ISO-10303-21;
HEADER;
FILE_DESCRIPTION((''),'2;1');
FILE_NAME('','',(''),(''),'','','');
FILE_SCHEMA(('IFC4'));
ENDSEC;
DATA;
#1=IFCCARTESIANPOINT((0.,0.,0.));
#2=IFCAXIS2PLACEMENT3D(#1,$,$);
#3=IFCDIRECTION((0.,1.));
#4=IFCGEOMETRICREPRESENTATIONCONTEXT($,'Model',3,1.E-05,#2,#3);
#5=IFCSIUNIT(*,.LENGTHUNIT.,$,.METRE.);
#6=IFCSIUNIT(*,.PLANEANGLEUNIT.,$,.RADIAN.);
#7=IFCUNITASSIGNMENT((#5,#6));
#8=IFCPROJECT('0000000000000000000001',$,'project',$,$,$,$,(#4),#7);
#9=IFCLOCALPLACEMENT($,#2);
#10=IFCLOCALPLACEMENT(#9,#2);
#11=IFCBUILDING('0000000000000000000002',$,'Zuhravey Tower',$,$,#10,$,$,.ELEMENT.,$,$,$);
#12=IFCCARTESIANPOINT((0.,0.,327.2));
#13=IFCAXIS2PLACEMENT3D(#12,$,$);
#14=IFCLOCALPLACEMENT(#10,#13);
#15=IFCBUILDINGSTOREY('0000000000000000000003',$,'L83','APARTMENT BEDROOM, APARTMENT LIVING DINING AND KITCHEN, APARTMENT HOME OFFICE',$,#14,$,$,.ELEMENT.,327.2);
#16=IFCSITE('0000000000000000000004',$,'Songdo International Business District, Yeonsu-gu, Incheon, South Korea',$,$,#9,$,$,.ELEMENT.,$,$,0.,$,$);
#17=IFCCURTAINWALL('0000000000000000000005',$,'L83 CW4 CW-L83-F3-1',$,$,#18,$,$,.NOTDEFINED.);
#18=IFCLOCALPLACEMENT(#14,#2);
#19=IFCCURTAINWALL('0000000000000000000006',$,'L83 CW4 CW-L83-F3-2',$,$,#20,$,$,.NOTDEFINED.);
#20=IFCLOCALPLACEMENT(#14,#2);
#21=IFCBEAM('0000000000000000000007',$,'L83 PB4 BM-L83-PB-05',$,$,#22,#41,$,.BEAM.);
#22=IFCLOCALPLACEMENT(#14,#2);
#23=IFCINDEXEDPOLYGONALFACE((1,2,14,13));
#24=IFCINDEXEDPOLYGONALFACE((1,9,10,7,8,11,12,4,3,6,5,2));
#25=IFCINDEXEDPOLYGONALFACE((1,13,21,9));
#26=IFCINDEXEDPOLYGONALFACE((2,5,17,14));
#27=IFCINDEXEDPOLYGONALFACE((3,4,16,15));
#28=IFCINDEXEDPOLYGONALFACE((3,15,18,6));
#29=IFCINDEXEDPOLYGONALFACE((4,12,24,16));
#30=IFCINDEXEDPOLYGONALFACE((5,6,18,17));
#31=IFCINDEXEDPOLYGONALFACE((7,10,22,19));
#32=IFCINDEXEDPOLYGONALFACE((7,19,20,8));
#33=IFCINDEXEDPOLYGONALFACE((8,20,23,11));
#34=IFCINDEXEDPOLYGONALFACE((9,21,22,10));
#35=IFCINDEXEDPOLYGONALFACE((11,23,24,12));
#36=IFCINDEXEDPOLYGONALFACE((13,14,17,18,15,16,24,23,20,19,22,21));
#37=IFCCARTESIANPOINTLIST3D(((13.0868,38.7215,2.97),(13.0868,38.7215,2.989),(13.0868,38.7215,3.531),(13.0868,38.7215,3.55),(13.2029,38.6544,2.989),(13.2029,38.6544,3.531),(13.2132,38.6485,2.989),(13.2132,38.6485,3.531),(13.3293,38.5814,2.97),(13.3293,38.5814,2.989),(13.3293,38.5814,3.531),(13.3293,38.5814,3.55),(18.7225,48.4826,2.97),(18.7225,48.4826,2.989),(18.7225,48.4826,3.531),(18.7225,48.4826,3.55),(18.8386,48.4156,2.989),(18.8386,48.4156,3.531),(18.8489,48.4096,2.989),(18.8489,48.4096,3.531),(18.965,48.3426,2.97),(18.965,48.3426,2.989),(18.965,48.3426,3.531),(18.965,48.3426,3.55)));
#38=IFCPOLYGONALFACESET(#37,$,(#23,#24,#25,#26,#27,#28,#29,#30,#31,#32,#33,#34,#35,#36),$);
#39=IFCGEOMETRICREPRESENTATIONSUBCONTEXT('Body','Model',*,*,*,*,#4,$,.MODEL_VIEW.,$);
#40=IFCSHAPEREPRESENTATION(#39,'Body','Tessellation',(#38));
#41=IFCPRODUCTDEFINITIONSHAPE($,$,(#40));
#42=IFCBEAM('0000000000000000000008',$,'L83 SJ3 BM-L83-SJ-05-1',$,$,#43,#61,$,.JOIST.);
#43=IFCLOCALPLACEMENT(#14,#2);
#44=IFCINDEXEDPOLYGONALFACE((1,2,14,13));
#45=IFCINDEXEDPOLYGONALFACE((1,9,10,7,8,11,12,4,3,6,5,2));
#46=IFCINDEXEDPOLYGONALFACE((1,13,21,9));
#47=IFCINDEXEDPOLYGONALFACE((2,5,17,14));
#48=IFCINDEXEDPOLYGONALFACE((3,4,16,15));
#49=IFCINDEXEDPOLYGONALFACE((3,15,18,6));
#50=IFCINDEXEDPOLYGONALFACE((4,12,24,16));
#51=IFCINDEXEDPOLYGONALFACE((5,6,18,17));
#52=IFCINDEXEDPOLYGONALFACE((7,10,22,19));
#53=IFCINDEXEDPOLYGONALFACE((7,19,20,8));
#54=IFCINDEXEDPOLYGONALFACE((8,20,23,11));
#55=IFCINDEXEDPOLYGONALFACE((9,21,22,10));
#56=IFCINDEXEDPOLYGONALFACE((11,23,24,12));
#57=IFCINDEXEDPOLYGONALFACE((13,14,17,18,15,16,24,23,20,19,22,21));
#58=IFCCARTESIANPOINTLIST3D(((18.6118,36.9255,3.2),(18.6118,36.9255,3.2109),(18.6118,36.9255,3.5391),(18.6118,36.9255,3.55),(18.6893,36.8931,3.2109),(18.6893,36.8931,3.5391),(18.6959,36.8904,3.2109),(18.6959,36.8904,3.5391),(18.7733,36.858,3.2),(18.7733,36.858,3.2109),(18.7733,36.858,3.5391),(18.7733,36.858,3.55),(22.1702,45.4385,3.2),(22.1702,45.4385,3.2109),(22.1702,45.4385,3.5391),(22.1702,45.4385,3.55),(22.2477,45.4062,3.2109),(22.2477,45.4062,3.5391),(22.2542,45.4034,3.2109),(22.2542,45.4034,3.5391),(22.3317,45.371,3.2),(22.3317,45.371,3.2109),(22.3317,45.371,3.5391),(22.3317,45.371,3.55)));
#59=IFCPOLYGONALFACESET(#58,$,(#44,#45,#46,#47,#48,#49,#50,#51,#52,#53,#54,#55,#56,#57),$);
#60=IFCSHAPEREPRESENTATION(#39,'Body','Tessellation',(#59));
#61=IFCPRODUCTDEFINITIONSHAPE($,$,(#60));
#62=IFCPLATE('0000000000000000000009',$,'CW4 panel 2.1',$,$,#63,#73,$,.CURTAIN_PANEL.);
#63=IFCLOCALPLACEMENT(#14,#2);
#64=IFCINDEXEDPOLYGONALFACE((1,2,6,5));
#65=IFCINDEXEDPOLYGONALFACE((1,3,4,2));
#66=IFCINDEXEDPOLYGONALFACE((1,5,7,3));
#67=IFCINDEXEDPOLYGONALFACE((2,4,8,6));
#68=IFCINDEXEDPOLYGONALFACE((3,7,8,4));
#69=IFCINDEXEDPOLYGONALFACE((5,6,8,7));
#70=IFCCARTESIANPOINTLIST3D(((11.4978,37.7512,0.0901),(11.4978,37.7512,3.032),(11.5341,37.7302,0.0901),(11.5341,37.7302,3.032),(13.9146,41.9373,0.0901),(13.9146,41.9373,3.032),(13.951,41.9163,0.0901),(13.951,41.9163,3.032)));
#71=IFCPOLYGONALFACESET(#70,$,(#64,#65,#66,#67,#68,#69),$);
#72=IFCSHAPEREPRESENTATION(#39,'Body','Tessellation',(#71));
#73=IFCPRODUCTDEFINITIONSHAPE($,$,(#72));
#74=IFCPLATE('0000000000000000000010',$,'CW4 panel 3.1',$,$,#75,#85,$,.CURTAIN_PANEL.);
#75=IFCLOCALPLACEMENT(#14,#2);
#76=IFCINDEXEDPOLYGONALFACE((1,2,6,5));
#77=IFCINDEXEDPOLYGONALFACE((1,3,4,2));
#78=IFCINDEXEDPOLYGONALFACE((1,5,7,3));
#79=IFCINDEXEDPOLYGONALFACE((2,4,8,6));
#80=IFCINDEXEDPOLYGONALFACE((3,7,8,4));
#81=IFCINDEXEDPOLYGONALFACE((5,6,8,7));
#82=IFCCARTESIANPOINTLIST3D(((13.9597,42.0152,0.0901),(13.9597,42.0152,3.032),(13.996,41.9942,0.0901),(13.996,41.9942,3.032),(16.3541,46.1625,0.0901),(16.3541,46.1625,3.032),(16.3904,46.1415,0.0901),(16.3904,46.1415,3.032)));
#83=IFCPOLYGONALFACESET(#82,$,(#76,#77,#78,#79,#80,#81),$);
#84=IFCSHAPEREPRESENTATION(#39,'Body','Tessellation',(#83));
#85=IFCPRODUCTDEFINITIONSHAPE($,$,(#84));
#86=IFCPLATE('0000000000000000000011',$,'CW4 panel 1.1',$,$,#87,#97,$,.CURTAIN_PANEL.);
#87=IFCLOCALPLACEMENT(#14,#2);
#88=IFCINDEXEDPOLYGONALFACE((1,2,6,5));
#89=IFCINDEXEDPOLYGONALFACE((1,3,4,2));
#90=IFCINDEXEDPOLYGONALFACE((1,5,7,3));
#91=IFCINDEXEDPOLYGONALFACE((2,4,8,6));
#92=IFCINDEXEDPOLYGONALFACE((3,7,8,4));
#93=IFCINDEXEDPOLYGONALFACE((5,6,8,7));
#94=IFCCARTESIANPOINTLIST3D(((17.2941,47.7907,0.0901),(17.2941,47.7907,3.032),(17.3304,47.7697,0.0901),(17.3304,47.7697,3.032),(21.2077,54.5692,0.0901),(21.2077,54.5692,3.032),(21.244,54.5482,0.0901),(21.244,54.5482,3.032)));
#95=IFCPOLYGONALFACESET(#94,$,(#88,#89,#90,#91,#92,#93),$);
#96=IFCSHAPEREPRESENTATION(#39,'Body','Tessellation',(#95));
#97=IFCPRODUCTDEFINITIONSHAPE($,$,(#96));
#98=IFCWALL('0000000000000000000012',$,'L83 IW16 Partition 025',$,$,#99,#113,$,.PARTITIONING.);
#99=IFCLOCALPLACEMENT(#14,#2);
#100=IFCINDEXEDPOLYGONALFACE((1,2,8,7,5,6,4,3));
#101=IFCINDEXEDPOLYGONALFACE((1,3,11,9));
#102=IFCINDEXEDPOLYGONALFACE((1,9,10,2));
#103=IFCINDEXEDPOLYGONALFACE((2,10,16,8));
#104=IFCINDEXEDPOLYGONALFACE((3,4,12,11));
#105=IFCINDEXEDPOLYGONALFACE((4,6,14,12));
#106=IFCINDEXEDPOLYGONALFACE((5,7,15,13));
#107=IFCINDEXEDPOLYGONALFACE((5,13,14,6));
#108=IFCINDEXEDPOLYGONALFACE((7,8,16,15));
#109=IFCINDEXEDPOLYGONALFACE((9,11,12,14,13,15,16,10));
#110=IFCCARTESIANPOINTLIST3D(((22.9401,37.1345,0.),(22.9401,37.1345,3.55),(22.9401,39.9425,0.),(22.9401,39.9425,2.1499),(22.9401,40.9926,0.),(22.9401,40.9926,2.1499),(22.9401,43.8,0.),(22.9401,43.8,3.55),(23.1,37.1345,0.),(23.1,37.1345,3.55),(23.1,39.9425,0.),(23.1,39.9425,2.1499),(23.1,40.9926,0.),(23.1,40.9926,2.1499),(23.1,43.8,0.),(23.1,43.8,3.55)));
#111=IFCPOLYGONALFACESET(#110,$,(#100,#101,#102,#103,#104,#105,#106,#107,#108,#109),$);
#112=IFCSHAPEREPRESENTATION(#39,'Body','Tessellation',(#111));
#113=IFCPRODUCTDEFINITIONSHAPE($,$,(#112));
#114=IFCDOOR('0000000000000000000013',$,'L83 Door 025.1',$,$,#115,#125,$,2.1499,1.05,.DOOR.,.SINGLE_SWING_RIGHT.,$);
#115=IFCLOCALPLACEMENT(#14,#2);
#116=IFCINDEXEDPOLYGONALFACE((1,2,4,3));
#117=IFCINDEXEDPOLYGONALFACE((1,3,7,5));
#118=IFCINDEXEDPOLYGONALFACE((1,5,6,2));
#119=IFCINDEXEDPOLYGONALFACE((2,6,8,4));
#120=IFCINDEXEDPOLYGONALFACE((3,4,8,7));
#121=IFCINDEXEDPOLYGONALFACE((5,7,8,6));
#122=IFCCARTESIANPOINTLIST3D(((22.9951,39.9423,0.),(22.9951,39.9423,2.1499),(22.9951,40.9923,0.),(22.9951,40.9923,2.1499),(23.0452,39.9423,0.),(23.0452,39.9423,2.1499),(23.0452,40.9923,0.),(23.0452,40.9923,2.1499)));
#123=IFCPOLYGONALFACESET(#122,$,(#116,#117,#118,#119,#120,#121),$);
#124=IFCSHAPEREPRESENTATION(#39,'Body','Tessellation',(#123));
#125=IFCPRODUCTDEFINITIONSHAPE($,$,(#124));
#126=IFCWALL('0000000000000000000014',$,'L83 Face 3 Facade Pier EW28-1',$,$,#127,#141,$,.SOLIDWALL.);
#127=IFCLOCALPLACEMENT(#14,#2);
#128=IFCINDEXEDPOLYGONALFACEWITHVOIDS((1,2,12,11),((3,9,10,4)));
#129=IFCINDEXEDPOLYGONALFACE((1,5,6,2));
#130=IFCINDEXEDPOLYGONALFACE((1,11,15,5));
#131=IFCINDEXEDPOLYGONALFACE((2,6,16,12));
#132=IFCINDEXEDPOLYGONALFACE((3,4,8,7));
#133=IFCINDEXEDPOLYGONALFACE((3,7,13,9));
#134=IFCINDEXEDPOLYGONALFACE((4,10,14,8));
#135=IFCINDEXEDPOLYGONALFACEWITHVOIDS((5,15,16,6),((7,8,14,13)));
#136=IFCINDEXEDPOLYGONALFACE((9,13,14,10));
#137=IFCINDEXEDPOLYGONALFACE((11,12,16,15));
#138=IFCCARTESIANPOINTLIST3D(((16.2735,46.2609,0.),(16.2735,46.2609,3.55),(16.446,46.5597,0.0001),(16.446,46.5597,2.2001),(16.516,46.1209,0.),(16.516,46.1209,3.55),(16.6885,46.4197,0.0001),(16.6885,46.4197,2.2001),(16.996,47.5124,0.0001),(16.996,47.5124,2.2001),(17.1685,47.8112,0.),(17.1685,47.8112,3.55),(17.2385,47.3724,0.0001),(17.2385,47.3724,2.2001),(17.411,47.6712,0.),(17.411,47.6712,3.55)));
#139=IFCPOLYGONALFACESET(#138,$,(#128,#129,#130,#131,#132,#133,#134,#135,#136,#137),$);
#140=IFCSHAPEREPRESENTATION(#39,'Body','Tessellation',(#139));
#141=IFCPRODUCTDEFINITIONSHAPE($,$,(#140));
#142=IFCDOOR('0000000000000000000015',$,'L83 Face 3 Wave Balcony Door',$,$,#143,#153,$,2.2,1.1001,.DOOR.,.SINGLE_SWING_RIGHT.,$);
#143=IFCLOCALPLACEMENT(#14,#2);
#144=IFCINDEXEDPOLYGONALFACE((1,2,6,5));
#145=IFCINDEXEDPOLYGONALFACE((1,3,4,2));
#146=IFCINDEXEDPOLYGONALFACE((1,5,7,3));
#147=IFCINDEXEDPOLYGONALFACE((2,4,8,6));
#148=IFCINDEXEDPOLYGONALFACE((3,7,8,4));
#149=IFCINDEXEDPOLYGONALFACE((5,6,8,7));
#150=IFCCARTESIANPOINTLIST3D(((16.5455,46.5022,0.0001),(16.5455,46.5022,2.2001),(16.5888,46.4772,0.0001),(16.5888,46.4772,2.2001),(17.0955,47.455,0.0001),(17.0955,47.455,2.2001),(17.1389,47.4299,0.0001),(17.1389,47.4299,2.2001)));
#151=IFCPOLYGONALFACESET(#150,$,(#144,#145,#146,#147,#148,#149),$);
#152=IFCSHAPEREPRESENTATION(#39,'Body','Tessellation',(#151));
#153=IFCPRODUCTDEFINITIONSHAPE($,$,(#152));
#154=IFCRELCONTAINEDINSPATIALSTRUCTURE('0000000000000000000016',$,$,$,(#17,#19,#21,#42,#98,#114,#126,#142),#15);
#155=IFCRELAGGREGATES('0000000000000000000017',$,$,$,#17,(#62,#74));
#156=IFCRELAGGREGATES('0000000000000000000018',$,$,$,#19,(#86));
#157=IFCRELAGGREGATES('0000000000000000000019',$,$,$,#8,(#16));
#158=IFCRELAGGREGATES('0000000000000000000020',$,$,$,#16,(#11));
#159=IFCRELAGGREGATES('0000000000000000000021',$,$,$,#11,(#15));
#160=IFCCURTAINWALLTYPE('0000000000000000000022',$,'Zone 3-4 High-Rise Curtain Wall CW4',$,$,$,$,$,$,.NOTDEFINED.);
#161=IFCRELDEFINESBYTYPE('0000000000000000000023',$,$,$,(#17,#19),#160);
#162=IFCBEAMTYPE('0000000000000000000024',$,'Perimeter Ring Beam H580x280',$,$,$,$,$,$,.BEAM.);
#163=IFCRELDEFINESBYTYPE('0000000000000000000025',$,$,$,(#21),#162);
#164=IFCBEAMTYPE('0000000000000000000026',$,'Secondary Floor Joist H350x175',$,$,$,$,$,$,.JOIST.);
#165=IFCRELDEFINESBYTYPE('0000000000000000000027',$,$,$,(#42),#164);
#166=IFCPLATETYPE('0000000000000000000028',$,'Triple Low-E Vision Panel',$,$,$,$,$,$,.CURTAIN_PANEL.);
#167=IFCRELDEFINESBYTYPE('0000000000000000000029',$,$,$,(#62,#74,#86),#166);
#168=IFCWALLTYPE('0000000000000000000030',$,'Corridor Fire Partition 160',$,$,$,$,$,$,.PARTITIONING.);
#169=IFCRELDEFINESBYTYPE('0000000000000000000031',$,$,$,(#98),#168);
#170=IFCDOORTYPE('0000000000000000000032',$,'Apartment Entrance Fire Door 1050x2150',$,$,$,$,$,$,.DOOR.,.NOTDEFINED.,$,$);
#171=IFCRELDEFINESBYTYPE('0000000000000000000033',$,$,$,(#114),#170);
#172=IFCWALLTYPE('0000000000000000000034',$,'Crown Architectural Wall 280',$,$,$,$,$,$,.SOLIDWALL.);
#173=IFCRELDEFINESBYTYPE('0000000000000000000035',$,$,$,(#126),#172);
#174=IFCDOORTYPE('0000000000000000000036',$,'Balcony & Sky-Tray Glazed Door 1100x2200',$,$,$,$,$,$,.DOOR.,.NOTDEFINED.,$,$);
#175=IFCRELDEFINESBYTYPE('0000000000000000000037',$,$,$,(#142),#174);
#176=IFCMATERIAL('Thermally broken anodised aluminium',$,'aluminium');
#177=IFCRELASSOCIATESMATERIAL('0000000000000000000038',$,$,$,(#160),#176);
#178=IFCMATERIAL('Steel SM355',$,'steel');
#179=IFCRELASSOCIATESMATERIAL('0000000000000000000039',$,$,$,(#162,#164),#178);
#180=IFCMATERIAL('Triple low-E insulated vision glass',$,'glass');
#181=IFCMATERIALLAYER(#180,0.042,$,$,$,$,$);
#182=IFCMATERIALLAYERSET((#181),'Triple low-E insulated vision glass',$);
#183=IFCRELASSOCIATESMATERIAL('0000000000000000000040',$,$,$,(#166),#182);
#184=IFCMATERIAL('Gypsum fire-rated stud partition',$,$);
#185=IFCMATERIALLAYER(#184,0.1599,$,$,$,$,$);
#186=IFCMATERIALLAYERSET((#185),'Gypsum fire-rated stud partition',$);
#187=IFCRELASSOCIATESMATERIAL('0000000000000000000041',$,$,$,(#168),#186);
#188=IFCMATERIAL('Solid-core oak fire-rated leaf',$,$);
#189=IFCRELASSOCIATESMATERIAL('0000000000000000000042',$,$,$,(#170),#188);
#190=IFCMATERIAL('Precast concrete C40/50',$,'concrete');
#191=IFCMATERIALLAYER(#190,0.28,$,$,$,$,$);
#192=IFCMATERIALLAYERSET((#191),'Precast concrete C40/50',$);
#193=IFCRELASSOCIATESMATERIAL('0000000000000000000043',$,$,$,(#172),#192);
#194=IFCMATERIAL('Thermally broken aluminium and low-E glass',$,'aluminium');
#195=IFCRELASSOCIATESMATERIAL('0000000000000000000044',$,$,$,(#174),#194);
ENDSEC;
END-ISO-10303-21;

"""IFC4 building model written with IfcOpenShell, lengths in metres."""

from ifc_helpers import new_model, si_unit, direction, frame, frame_2d, origin, origin_2d, place, context, subcontext, project, spatial, rectangle, i_section, extrude, material, layer, layer_set, material_profile, profile_set, type_object, element, fill, aggregate, save


model = new_model("IFC4")

# Units and contexts
model_context = context("Model", 3, precision=1e-05, world=origin(), true_north=direction((0.0, 1.0)))
body_context = subcontext(model_context, "Body", "Model", "MODEL_VIEW")
ifc_project = project(units=[si_unit("LENGTHUNIT", "METRE"), si_unit("PLANEANGLEUNIT", "RADIAN")], contexts=[model_context])

# Site, building, storey
site_placement = place(None, origin())
site = spatial("IfcSite", under=ifc_project, at=site_placement, Name="Songdo International Business District, Yeonsu-gu, Incheon, South Korea", CompositionType="ELEMENT", RefElevation=0.0)
building_placement = place(site_placement, origin())
building = spatial("IfcBuilding", under=site, at=building_placement, Name="Zuhravey Tower", CompositionType="ELEMENT")
storey_placement = place(building_placement, frame((0.0, 0.0, 327.2)))
storey = spatial("IfcBuildingStorey", under=building, at=storey_placement, Name="L83", Description="APARTMENT BEDROOM, APARTMENT LIVING DINING AND KITCHEN, APARTMENT HOME OFFICE", CompositionType="ELEMENT", Elevation=327.2)

# Curtain walls
ifc_material_1 = material(Name="Thermally broken anodised aluminium", Category="aluminium")
curtain_wall_type = type_object("IfcCurtainWallType", Name="Zone 3-4 High-Rise Curtain Wall CW4", PredefinedType="NOTDEFINED", material=ifc_material_1)
curtain_wall_1_placement = place(storey_placement, origin())
curtain_wall_1 = element("IfcCurtainWall", 1, at=curtain_wall_1_placement, inside=storey, type_object=curtain_wall_type, Name="L83 CW4 CW-L83-F3-1", PredefinedType="NOTDEFINED")
curtain_wall_2_placement = place(storey_placement, origin())
curtain_wall_2 = element("IfcCurtainWall", 2, at=curtain_wall_2_placement, inside=storey, type_object=curtain_wall_type, Name="L83 CW4 CW-L83-F3-2", PredefinedType="NOTDEFINED")

# Beams
ifc_material_2 = material(Name="Steel SM355", Category="steel")
ifc_material_profile_1 = material_profile(ifc_material_2, i_section(OverallWidth=0.28, OverallDepth=0.5801, WebThickness=0.012, FlangeThickness=0.019, at=origin_2d()), Name="H-580x280x12x19")
ifc_profile_set_1 = profile_set([ifc_material_profile_1], Name="Steel SM355")
beam_type_1 = type_object("IfcBeamType", Name="Perimeter Ring Beam H580x280", PredefinedType="BEAM", material=ifc_profile_set_1)
beam_1_placement = place(storey_placement, frame((18.8438, 48.4126, 3.26), z_axis=(-0.500006, -0.866022, 0.0), x_axis=(0.866022, -0.500006, 0.0)))
element("IfcBeam", 3, at=beam_1_placement, inside=storey, type_object=beam_type_1, Name="L83 PB4 BM-L83-PB-05", PredefinedType="BEAM", context=body_context, shape_type="SweptSolid", body=[
    extrude(i_section(OverallWidth=0.28, OverallDepth=0.5801, WebThickness=0.012, FlangeThickness=0.019, at=origin_2d()), origin(), (0.0, 0.0, 1.0), 11.2712),
])
ifc_material_profile_2 = material_profile(ifc_material_2, i_section(OverallWidth=0.175, OverallDepth=0.3501, WebThickness=0.0071, FlangeThickness=0.011, at=origin_2d()), Name="H-350x175x7x11")
ifc_profile_set_2 = profile_set([ifc_material_profile_2], Name="Steel SM355")
beam_type_2 = type_object("IfcBeamType", Name="Secondary Floor Joist H350x175", PredefinedType="JOIST", material=ifc_profile_set_2)
beam_2_placement = place(storey_placement, frame((22.251, 45.4048, 3.375), z_axis=(-0.385658, -0.922642, 0.0), x_axis=(0.922642, -0.385658, 0.0)))
element("IfcBeam", 4, at=beam_2_placement, inside=storey, type_object=beam_type_2, Name="L83 SJ3 BM-L83-SJ-05-1", PredefinedType="JOIST", context=body_context, shape_type="SweptSolid", body=[
    extrude(i_section(OverallWidth=0.175, OverallDepth=0.3501, WebThickness=0.0071, FlangeThickness=0.011, at=origin_2d()), origin(), (0.0, 0.0, 1.0), 9.2268),
])

# Plates
ifc_material_3 = material(Name="Triple low-E insulated vision glass", Category="glass")
ifc_layer_1 = layer(ifc_material_3, 0.042)
ifc_layer_set_1 = layer_set([ifc_layer_1], Name="Triple low-E insulated vision glass")
plate_type = type_object("IfcPlateType", Name="Triple Low-E Vision Panel", PredefinedType="CURTAIN_PANEL", material=ifc_layer_set_1)
plate_1_placement = place(storey_placement, frame((12.7244, 39.8337, 0.0901), z_axis=(0.0, 0.0, 1.0), x_axis=(0.499997, 0.866027, 0.0)))
plate_1 = element("IfcPlate", 5, at=plate_1_placement, type_object=plate_type, Name="CW4 panel 2.1", PredefinedType="CURTAIN_PANEL", context=body_context, shape_type="SweptSolid", body=[
    extrude(rectangle(XDim=4.8337, YDim=0.042, at=origin_2d()), origin(), (0.0, 0.0, 1.0), 2.9419),
])
plate_2_placement = place(storey_placement, frame((15.175, 44.0784, 0.0901), z_axis=(0.0, 0.0, 1.0), x_axis=(0.499997, 0.866027, 0.0)))
plate_2 = element("IfcPlate", 6, at=plate_2_placement, type_object=plate_type, Name="CW4 panel 3.1", PredefinedType="CURTAIN_PANEL", context=body_context, shape_type="SweptSolid", body=[
    extrude(rectangle(XDim=4.7888, YDim=0.042, at=origin_2d()), origin(), (0.0, 0.0, 1.0), 2.9419),
])
aggregate(curtain_wall_1, [plate_1, plate_2])
plate_3_placement = place(storey_placement, frame((19.269, 51.1694, 0.0901), z_axis=(0.0, 0.0, 1.0), x_axis=(0.500002, 0.866024, 0.0)))
plate_3 = element("IfcPlate", 7, at=plate_3_placement, type_object=plate_type, Name="CW4 panel 1.1", PredefinedType="CURTAIN_PANEL", context=body_context, shape_type="SweptSolid", body=[
    extrude(rectangle(XDim=7.8271, YDim=0.042, at=origin_2d()), origin(), (0.0, 0.0, 1.0), 2.9419),
])
aggregate(curtain_wall_2, [plate_3])

# Walls, openings, doors
ifc_material_4 = material(Name="Gypsum fire-rated stud partition")
ifc_layer_2 = layer(ifc_material_4, 0.1599)
ifc_layer_set_2 = layer_set([ifc_layer_2], Name="Gypsum fire-rated stud partition")
wall_type_1 = type_object("IfcWallType", Name="Corridor Fire Partition 160", PredefinedType="PARTITIONING", material=ifc_layer_set_2)
wall_1_placement = place(storey_placement, frame((23.02, 43.8, 0.0), z_axis=(0.0, 0.0, 1.0), x_axis=(0.0, -1.0, 0.0)))
wall_1 = element("IfcWall", 8, at=wall_1_placement, inside=storey, type_object=wall_type_1, Name="L83 IW16 Partition 025", PredefinedType="PARTITIONING", context=body_context, shape_type="SweptSolid", body=[
    extrude(rectangle(XDim=6.6655, YDim=0.1599, at=frame_2d((3.3328, 0.0))), origin(), (0.0, 0.0, 1.0), 3.55),
])
opening_1_placement = place(wall_1_placement, frame((2.8076, 0.0, 0.0)))
opening_1 = element("IfcOpeningElement", 9, at=opening_1_placement, cuts=wall_1, PredefinedType="OPENING", context=body_context, shape_type="SweptSolid", body=[
    extrude(rectangle(XDim=1.05, YDim=2.1499, at=frame_2d((0.5249, 1.075))), frame((0.0, 0.092, 0.0), z_axis=(0.0, -1.0, 0.0), x_axis=(1.0, 0.0, 0.0)), (0.0, 0.0, 1.0), 0.1838),
])
ifc_material_5 = material(Name="Solid-core oak fire-rated leaf")
door_type_1 = type_object("IfcDoorType", Name="Apartment Entrance Fire Door 1050x2150", OperationType="NOTDEFINED", PredefinedType="DOOR", material=ifc_material_5)
door_1_placement = place(opening_1_placement, frame((1.05, 0.0, 0.0), z_axis=(0.0, 0.0, 1.0), x_axis=(-1.0, 0.0, 0.0)))
door_1 = element("IfcDoor", 10, at=door_1_placement, inside=storey, type_object=door_type_1, Name="L83 Door 025.1", OperationType="SINGLE_SWING_RIGHT", OverallHeight=2.1499, OverallWidth=1.05, PredefinedType="DOOR", context=body_context, shape_type="SweptSolid", body=[
    extrude(rectangle(XDim=1.05, YDim=2.1499, at=frame_2d((0.5249, 1.075))), frame((0.0, 0.0249, 0.0), z_axis=(0.0, -1.0, 0.0), x_axis=(1.0, 0.0, 0.0)), (0.0, 0.0, 1.0), 0.05),
])
fill(opening_1, door_1)
ifc_material_6 = material(Name="Precast concrete C40/50", Category="concrete")
ifc_layer_3 = layer(ifc_material_6, 0.28)
ifc_layer_set_3 = layer_set([ifc_layer_3], Name="Precast concrete C40/50")
wall_type_2 = type_object("IfcWallType", Name="Crown Architectural Wall 280", PredefinedType="SOLIDWALL", material=ifc_layer_set_3)
wall_2_placement = place(storey_placement, frame((16.3948, 46.1909, 0.0), z_axis=(0.0, 0.0, 1.0), x_axis=(0.499982, 0.866036, 0.0)))
wall_2 = element("IfcWall", 11, at=wall_2_placement, inside=storey, type_object=wall_type_2, Name="L83 Face 3 Facade Pier EW28-1", PredefinedType="SOLIDWALL", context=body_context, shape_type="SweptSolid", body=[
    extrude(rectangle(XDim=1.79, YDim=0.28, at=frame_2d((0.895, 0.0))), origin(), (0.0, 0.0, 1.0), 3.55),
])
opening_2_placement = place(wall_2_placement, frame((0.345, 0.0, 0.0)))
opening_2 = element("IfcOpeningElement", 12, at=opening_2_placement, cuts=wall_2, PredefinedType="OPENING", context=body_context, shape_type="SweptSolid", body=[
    extrude(rectangle(XDim=1.1001, YDim=2.2, at=frame_2d((0.55, 1.1001))), frame((0.0, 0.1521, 0.0), z_axis=(0.0, -1.0, 0.0), x_axis=(1.0, 0.0, 0.0)), (0.0, 0.0, 1.0), 0.304),
])
ifc_material_7 = material(Name="Thermally broken aluminium and low-E glass", Category="aluminium")
door_type_2 = type_object("IfcDoorType", Name="Balcony & Sky-Tray Glazed Door 1100x2200", OperationType="NOTDEFINED", PredefinedType="DOOR", material=ifc_material_7)
door_2_placement = place(opening_2_placement, frame((1.1001, 0.0, 0.0), z_axis=(0.0, 0.0, 1.0), x_axis=(-1.0, 0.0, 0.0)))
door_2 = element("IfcDoor", 13, at=door_2_placement, inside=storey, type_object=door_type_2, Name="L83 Face 3 Wave Balcony Door", OperationType="SINGLE_SWING_RIGHT", OverallHeight=2.2, OverallWidth=1.1001, PredefinedType="DOOR", context=body_context, shape_type="SweptSolid", body=[
    extrude(rectangle(XDim=1.1001, YDim=2.2, at=frame_2d((0.55, 1.1001))), frame((0.0, 0.0249, 0.0), z_axis=(0.0, -1.0, 0.0), x_axis=(1.0, 0.0, 0.0)), (0.0, 0.0, 1.0), 0.05),
])
fill(opening_2, door_2)

save(model, "model.ifc")
